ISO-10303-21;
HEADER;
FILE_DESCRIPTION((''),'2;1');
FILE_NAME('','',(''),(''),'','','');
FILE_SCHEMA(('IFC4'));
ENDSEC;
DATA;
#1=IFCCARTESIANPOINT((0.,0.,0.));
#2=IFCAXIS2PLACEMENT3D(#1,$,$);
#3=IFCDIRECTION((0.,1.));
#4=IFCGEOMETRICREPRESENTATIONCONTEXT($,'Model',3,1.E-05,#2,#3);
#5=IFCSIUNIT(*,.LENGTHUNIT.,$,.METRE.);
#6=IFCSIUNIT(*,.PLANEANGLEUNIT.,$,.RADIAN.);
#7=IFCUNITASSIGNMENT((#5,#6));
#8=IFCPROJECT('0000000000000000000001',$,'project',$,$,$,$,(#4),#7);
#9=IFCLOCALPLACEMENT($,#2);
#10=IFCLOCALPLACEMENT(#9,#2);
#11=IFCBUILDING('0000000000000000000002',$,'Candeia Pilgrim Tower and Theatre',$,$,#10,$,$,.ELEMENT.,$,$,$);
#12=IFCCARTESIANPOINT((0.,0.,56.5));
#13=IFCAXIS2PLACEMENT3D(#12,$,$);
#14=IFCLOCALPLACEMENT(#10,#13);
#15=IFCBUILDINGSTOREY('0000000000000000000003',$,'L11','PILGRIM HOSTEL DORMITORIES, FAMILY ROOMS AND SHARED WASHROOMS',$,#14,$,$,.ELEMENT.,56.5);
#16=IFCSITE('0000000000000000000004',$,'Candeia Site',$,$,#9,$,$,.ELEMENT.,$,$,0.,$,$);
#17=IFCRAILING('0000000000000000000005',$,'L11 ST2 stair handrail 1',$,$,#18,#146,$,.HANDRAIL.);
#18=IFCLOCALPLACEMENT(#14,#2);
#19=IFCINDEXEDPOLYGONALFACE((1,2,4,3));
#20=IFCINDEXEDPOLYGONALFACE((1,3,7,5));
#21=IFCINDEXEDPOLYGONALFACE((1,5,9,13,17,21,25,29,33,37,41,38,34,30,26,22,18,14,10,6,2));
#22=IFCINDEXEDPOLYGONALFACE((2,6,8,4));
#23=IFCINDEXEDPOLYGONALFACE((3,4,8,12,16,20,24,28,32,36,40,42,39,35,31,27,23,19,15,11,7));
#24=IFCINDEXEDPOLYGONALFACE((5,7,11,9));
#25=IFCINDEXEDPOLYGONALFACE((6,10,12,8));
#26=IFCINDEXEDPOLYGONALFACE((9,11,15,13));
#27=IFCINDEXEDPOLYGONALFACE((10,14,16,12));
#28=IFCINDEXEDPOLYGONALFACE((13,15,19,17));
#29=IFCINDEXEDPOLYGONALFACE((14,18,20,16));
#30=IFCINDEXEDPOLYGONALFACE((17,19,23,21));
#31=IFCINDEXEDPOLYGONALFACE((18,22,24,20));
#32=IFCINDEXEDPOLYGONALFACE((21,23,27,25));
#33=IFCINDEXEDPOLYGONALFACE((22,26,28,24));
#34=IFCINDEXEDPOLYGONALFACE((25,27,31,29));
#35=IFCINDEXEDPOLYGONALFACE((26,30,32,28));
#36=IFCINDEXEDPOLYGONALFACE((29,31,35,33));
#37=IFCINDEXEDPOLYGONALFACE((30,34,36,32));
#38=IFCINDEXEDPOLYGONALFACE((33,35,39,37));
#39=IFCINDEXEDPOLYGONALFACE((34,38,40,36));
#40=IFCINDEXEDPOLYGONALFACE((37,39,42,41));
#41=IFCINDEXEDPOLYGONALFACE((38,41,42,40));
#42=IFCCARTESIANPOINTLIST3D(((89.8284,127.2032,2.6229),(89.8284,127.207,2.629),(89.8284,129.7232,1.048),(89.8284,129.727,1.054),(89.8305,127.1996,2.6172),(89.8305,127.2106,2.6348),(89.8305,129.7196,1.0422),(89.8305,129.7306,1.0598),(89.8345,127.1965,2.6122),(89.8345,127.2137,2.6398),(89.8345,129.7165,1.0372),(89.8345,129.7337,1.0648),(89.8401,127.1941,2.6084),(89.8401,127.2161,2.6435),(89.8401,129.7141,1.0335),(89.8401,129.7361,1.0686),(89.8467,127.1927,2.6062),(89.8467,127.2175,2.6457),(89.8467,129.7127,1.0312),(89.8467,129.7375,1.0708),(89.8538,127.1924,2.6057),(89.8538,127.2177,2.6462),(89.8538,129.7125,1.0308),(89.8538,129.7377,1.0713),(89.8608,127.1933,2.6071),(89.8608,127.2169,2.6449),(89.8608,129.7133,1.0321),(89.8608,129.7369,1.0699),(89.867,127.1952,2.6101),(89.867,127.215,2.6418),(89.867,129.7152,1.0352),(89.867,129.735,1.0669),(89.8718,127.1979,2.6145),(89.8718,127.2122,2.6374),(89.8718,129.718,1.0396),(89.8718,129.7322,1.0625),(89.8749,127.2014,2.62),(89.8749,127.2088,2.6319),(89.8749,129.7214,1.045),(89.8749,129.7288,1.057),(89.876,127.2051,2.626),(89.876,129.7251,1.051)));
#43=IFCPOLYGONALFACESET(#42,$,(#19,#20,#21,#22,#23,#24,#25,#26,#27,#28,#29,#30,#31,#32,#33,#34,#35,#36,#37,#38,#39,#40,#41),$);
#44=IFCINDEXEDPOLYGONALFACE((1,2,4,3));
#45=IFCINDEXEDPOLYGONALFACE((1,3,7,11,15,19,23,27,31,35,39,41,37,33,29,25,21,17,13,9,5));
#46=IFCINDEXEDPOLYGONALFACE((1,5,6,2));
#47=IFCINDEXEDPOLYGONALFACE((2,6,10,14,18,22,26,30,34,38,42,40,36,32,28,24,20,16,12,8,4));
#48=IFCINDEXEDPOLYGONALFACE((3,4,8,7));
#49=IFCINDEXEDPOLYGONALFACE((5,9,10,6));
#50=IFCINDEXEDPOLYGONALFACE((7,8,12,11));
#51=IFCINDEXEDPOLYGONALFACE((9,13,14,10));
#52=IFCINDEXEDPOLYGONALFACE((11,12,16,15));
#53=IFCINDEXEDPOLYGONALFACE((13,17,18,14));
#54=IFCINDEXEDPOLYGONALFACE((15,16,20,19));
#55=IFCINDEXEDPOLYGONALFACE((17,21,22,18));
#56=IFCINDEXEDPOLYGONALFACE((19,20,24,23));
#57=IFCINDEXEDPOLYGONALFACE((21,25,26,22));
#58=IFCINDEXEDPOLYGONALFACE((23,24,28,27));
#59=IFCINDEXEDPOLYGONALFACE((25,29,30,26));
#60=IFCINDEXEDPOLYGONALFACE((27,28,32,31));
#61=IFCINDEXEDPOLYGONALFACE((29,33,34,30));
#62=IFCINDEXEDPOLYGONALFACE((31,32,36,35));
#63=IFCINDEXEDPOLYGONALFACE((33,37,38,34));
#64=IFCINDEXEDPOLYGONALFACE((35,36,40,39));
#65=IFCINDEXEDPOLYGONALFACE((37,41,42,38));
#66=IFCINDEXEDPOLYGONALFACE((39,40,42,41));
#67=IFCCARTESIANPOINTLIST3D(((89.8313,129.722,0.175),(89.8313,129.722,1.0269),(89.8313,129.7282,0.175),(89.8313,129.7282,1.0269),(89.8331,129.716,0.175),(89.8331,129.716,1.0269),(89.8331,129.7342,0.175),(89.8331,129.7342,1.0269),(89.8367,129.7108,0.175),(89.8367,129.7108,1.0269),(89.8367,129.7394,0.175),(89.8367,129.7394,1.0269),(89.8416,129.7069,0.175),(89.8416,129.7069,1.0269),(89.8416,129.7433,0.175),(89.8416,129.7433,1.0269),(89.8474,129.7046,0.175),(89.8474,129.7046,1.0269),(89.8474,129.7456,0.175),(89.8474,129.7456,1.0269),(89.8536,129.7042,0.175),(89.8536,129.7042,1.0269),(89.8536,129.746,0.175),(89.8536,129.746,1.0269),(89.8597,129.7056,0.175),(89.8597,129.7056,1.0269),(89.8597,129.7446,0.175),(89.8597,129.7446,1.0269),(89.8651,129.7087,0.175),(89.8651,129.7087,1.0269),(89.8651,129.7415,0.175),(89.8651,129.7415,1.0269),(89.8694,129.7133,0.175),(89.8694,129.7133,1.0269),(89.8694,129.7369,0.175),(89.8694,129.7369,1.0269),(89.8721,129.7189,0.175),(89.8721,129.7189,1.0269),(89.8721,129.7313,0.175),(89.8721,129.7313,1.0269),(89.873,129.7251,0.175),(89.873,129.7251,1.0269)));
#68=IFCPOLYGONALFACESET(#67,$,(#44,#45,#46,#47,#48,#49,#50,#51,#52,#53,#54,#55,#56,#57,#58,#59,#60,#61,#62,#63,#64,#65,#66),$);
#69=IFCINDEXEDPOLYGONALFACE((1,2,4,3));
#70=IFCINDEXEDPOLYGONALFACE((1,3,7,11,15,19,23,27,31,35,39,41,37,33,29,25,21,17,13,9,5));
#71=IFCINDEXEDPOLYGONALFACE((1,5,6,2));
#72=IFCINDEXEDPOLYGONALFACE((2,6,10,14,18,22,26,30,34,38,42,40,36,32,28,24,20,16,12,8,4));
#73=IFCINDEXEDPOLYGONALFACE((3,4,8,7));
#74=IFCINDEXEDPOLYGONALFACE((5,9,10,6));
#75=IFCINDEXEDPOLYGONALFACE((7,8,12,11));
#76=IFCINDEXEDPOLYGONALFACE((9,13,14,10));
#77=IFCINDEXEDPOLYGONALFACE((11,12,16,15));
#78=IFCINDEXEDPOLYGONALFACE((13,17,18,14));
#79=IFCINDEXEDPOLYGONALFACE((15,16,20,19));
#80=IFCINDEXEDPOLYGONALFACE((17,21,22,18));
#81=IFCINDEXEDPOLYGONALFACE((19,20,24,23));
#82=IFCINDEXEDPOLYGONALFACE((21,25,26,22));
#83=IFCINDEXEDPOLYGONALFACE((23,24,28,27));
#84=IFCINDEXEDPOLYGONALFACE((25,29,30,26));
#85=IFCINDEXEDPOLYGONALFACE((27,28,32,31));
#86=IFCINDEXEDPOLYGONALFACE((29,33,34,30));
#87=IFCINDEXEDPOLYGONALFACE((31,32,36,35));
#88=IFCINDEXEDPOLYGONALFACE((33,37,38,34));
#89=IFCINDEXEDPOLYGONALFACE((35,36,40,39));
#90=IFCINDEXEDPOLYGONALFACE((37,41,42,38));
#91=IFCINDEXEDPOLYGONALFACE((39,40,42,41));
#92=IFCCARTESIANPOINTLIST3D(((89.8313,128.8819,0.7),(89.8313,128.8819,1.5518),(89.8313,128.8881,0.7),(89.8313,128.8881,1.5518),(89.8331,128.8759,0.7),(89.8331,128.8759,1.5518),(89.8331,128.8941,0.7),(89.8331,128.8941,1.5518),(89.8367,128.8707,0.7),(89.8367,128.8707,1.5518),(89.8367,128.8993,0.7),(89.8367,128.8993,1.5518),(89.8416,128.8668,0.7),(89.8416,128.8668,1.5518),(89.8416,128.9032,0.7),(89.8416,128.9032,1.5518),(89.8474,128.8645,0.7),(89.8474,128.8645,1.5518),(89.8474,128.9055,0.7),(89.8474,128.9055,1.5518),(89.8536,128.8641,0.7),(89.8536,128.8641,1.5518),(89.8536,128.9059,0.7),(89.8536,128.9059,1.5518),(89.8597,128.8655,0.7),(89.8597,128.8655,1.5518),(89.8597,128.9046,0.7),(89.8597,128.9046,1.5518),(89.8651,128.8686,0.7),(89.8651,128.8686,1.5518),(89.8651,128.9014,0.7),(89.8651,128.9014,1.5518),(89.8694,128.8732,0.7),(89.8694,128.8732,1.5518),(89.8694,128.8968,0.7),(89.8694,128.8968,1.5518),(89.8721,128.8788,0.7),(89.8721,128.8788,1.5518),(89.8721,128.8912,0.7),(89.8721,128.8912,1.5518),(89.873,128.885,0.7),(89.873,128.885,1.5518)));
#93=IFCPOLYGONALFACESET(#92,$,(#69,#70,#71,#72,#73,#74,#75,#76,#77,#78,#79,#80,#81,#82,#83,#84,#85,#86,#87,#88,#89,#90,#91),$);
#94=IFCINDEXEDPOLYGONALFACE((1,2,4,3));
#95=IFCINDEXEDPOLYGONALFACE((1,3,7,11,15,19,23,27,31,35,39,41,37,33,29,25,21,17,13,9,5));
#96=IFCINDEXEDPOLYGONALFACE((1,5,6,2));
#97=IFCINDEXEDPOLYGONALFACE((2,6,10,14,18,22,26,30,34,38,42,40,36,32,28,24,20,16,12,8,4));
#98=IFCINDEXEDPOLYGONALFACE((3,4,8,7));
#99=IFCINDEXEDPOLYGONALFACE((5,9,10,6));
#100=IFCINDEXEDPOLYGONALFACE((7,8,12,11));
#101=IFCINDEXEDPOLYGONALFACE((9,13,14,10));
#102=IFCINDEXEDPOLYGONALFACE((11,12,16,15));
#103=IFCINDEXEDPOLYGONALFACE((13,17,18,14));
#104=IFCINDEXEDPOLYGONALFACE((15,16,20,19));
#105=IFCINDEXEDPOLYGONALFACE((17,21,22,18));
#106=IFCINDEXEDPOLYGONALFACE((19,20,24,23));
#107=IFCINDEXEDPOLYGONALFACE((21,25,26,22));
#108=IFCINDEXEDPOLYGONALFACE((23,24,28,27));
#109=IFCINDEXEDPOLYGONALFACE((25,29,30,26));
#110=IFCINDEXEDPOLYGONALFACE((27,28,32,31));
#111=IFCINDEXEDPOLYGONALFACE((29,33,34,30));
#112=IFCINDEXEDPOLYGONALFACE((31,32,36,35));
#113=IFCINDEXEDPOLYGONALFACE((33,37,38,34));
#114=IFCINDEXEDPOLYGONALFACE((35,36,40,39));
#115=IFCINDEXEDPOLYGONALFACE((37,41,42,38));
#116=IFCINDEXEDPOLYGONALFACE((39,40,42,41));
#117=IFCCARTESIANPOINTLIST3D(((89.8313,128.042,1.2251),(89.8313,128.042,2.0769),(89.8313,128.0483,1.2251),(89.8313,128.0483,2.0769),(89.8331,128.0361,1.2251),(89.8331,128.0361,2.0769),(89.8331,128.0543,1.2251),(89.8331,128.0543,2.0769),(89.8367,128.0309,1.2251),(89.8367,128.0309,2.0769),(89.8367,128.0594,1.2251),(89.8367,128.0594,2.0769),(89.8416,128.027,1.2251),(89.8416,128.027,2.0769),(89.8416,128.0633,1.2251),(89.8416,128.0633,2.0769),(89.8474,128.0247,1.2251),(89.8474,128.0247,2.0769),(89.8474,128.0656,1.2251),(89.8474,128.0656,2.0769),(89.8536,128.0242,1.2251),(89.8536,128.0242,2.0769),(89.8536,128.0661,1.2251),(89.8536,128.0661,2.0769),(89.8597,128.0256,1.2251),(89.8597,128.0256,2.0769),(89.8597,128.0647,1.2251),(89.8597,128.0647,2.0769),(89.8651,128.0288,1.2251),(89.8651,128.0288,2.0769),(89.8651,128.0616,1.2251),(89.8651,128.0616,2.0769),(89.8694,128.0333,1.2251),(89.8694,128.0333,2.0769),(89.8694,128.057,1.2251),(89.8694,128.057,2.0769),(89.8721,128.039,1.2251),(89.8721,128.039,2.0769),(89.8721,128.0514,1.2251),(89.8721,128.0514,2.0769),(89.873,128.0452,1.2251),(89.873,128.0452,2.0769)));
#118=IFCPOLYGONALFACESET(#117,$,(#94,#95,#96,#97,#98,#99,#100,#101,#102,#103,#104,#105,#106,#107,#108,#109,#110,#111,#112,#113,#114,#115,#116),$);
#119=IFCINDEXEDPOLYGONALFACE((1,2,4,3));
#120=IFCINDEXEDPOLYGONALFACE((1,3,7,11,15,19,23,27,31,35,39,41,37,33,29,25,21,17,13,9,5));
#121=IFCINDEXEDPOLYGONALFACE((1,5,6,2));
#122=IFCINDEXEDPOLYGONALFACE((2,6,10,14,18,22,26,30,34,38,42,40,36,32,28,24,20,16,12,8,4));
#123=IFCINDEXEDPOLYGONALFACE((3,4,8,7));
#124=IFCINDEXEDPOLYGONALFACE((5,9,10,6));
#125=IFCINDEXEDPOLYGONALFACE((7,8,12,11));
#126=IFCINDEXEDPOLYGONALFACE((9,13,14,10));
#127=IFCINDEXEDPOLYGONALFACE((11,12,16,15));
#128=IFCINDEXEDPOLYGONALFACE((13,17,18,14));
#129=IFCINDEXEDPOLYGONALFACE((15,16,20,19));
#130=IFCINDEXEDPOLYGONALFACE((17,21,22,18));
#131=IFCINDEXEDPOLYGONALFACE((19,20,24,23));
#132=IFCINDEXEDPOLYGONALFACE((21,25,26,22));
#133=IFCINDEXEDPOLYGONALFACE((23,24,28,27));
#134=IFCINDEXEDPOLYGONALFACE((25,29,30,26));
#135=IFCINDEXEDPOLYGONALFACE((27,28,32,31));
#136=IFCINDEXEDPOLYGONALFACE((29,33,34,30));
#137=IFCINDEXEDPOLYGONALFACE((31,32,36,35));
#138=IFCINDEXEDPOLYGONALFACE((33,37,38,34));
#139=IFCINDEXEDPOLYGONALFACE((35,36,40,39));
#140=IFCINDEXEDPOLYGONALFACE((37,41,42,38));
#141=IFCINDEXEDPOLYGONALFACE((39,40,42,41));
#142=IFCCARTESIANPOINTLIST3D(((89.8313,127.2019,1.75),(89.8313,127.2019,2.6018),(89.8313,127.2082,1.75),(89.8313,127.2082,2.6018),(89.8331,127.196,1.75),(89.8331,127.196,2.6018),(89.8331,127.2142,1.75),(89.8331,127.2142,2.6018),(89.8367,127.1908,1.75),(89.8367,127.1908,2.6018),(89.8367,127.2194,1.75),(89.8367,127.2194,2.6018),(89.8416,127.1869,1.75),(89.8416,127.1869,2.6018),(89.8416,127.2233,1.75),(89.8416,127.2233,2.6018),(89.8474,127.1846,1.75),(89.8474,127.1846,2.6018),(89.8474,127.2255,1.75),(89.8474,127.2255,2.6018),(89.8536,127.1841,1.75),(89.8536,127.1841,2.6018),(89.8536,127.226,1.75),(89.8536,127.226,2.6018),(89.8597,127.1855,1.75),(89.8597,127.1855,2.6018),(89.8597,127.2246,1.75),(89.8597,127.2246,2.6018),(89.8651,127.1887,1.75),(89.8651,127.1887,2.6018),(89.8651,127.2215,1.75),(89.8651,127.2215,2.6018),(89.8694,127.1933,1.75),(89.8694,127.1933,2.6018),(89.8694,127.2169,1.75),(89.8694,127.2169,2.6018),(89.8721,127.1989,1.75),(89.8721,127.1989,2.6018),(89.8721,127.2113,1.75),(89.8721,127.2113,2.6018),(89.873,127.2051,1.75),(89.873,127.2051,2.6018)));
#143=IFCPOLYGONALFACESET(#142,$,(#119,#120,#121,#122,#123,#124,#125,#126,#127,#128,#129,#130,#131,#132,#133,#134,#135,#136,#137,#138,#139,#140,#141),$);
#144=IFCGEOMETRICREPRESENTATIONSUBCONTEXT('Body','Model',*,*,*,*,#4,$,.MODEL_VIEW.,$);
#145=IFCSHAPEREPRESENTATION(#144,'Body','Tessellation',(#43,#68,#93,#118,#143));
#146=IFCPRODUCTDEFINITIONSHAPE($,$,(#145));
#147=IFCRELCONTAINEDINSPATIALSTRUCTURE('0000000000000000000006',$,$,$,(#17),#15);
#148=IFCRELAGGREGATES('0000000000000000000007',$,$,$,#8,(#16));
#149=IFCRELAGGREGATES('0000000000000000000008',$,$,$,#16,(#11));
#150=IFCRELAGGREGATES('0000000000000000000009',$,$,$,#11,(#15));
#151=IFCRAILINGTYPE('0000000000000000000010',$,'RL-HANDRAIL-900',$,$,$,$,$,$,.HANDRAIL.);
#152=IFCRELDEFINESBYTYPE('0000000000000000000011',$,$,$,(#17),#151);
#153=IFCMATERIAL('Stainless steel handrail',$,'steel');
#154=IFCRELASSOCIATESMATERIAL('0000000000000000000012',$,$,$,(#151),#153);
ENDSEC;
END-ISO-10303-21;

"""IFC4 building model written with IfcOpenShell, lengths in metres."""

from ifc_helpers import new_model, si_unit, direction, frame, origin, origin_2d, place, context, subcontext, project, spatial, circle, extrude, material, type_object, element, save


model = new_model("IFC4")

# Units and contexts
model_context = context("Model", 3, precision=1e-05, world=origin(), true_north=direction((0.0, 1.0)))
body_context = subcontext(model_context, "Body", "Model", "MODEL_VIEW")
ifc_project = project(units=[si_unit("LENGTHUNIT", "METRE"), si_unit("PLANEANGLEUNIT", "RADIAN")], contexts=[model_context])

# Site, building, storey
site_placement = place(None, origin())
site = spatial("IfcSite", under=ifc_project, at=site_placement, Name="Candeia Site", CompositionType="ELEMENT", RefElevation=0.0)
building_placement = place(site_placement, origin())
building = spatial("IfcBuilding", under=site, at=building_placement, Name="Candeia Pilgrim Tower and Theatre", CompositionType="ELEMENT")
storey_placement = place(building_placement, frame((0.0, 0.0, 56.5)))
storey = spatial("IfcBuildingStorey", under=building, at=storey_placement, Name="L11", Description="PILGRIM HOSTEL DORMITORIES, FAMILY ROOMS AND SHARED WASHROOMS", CompositionType="ELEMENT", Elevation=56.5)

# Railing
ifc_material_1 = material(Name="Stainless steel handrail", Category="steel")
railing_type_1 = type_object("IfcRailingType", Name="RL-HANDRAIL-900", PredefinedType="HANDRAIL", material=ifc_material_1)
for number, where, name in (
    (1, (89.8521, 129.7251, 0.175), "L11 ST2 stair handrail 1"),
):
    element("IfcRailing", number, at=place(storey_placement, frame(where)), inside=storey, type_object=railing_type_1, Name=name, PredefinedType="HANDRAIL", context=body_context, shape_type="SweptSolid", body=[
        extrude(circle(Radius=0.0239, at=origin_2d()), frame((0.0, 0.0, 0.876), z_axis=(0.0, -0.848008, 0.529984), x_axis=(1.0, 0.0, 0.0)), (0.0, 0.0, 1.0), 2.9717),
        extrude(circle(Radius=0.021, at=origin_2d()), origin(), (0.0, 0.0, 1.0), 0.8518),
        extrude(circle(Radius=0.021, at=origin_2d()), frame((0.0, -0.8401, 0.5249)), (0.0, 0.0, 1.0), 0.8518),
        extrude(circle(Radius=0.021, at=origin_2d()), frame((0.0, -1.6799, 1.05)), (0.0, 0.0, 1.0), 0.8518),
        extrude(circle(Radius=0.021, at=origin_2d()), frame((0.0, -2.52, 1.575)), (0.0, 0.0, 1.0), 0.8518),
    ])

save(model, "model.ifc")
